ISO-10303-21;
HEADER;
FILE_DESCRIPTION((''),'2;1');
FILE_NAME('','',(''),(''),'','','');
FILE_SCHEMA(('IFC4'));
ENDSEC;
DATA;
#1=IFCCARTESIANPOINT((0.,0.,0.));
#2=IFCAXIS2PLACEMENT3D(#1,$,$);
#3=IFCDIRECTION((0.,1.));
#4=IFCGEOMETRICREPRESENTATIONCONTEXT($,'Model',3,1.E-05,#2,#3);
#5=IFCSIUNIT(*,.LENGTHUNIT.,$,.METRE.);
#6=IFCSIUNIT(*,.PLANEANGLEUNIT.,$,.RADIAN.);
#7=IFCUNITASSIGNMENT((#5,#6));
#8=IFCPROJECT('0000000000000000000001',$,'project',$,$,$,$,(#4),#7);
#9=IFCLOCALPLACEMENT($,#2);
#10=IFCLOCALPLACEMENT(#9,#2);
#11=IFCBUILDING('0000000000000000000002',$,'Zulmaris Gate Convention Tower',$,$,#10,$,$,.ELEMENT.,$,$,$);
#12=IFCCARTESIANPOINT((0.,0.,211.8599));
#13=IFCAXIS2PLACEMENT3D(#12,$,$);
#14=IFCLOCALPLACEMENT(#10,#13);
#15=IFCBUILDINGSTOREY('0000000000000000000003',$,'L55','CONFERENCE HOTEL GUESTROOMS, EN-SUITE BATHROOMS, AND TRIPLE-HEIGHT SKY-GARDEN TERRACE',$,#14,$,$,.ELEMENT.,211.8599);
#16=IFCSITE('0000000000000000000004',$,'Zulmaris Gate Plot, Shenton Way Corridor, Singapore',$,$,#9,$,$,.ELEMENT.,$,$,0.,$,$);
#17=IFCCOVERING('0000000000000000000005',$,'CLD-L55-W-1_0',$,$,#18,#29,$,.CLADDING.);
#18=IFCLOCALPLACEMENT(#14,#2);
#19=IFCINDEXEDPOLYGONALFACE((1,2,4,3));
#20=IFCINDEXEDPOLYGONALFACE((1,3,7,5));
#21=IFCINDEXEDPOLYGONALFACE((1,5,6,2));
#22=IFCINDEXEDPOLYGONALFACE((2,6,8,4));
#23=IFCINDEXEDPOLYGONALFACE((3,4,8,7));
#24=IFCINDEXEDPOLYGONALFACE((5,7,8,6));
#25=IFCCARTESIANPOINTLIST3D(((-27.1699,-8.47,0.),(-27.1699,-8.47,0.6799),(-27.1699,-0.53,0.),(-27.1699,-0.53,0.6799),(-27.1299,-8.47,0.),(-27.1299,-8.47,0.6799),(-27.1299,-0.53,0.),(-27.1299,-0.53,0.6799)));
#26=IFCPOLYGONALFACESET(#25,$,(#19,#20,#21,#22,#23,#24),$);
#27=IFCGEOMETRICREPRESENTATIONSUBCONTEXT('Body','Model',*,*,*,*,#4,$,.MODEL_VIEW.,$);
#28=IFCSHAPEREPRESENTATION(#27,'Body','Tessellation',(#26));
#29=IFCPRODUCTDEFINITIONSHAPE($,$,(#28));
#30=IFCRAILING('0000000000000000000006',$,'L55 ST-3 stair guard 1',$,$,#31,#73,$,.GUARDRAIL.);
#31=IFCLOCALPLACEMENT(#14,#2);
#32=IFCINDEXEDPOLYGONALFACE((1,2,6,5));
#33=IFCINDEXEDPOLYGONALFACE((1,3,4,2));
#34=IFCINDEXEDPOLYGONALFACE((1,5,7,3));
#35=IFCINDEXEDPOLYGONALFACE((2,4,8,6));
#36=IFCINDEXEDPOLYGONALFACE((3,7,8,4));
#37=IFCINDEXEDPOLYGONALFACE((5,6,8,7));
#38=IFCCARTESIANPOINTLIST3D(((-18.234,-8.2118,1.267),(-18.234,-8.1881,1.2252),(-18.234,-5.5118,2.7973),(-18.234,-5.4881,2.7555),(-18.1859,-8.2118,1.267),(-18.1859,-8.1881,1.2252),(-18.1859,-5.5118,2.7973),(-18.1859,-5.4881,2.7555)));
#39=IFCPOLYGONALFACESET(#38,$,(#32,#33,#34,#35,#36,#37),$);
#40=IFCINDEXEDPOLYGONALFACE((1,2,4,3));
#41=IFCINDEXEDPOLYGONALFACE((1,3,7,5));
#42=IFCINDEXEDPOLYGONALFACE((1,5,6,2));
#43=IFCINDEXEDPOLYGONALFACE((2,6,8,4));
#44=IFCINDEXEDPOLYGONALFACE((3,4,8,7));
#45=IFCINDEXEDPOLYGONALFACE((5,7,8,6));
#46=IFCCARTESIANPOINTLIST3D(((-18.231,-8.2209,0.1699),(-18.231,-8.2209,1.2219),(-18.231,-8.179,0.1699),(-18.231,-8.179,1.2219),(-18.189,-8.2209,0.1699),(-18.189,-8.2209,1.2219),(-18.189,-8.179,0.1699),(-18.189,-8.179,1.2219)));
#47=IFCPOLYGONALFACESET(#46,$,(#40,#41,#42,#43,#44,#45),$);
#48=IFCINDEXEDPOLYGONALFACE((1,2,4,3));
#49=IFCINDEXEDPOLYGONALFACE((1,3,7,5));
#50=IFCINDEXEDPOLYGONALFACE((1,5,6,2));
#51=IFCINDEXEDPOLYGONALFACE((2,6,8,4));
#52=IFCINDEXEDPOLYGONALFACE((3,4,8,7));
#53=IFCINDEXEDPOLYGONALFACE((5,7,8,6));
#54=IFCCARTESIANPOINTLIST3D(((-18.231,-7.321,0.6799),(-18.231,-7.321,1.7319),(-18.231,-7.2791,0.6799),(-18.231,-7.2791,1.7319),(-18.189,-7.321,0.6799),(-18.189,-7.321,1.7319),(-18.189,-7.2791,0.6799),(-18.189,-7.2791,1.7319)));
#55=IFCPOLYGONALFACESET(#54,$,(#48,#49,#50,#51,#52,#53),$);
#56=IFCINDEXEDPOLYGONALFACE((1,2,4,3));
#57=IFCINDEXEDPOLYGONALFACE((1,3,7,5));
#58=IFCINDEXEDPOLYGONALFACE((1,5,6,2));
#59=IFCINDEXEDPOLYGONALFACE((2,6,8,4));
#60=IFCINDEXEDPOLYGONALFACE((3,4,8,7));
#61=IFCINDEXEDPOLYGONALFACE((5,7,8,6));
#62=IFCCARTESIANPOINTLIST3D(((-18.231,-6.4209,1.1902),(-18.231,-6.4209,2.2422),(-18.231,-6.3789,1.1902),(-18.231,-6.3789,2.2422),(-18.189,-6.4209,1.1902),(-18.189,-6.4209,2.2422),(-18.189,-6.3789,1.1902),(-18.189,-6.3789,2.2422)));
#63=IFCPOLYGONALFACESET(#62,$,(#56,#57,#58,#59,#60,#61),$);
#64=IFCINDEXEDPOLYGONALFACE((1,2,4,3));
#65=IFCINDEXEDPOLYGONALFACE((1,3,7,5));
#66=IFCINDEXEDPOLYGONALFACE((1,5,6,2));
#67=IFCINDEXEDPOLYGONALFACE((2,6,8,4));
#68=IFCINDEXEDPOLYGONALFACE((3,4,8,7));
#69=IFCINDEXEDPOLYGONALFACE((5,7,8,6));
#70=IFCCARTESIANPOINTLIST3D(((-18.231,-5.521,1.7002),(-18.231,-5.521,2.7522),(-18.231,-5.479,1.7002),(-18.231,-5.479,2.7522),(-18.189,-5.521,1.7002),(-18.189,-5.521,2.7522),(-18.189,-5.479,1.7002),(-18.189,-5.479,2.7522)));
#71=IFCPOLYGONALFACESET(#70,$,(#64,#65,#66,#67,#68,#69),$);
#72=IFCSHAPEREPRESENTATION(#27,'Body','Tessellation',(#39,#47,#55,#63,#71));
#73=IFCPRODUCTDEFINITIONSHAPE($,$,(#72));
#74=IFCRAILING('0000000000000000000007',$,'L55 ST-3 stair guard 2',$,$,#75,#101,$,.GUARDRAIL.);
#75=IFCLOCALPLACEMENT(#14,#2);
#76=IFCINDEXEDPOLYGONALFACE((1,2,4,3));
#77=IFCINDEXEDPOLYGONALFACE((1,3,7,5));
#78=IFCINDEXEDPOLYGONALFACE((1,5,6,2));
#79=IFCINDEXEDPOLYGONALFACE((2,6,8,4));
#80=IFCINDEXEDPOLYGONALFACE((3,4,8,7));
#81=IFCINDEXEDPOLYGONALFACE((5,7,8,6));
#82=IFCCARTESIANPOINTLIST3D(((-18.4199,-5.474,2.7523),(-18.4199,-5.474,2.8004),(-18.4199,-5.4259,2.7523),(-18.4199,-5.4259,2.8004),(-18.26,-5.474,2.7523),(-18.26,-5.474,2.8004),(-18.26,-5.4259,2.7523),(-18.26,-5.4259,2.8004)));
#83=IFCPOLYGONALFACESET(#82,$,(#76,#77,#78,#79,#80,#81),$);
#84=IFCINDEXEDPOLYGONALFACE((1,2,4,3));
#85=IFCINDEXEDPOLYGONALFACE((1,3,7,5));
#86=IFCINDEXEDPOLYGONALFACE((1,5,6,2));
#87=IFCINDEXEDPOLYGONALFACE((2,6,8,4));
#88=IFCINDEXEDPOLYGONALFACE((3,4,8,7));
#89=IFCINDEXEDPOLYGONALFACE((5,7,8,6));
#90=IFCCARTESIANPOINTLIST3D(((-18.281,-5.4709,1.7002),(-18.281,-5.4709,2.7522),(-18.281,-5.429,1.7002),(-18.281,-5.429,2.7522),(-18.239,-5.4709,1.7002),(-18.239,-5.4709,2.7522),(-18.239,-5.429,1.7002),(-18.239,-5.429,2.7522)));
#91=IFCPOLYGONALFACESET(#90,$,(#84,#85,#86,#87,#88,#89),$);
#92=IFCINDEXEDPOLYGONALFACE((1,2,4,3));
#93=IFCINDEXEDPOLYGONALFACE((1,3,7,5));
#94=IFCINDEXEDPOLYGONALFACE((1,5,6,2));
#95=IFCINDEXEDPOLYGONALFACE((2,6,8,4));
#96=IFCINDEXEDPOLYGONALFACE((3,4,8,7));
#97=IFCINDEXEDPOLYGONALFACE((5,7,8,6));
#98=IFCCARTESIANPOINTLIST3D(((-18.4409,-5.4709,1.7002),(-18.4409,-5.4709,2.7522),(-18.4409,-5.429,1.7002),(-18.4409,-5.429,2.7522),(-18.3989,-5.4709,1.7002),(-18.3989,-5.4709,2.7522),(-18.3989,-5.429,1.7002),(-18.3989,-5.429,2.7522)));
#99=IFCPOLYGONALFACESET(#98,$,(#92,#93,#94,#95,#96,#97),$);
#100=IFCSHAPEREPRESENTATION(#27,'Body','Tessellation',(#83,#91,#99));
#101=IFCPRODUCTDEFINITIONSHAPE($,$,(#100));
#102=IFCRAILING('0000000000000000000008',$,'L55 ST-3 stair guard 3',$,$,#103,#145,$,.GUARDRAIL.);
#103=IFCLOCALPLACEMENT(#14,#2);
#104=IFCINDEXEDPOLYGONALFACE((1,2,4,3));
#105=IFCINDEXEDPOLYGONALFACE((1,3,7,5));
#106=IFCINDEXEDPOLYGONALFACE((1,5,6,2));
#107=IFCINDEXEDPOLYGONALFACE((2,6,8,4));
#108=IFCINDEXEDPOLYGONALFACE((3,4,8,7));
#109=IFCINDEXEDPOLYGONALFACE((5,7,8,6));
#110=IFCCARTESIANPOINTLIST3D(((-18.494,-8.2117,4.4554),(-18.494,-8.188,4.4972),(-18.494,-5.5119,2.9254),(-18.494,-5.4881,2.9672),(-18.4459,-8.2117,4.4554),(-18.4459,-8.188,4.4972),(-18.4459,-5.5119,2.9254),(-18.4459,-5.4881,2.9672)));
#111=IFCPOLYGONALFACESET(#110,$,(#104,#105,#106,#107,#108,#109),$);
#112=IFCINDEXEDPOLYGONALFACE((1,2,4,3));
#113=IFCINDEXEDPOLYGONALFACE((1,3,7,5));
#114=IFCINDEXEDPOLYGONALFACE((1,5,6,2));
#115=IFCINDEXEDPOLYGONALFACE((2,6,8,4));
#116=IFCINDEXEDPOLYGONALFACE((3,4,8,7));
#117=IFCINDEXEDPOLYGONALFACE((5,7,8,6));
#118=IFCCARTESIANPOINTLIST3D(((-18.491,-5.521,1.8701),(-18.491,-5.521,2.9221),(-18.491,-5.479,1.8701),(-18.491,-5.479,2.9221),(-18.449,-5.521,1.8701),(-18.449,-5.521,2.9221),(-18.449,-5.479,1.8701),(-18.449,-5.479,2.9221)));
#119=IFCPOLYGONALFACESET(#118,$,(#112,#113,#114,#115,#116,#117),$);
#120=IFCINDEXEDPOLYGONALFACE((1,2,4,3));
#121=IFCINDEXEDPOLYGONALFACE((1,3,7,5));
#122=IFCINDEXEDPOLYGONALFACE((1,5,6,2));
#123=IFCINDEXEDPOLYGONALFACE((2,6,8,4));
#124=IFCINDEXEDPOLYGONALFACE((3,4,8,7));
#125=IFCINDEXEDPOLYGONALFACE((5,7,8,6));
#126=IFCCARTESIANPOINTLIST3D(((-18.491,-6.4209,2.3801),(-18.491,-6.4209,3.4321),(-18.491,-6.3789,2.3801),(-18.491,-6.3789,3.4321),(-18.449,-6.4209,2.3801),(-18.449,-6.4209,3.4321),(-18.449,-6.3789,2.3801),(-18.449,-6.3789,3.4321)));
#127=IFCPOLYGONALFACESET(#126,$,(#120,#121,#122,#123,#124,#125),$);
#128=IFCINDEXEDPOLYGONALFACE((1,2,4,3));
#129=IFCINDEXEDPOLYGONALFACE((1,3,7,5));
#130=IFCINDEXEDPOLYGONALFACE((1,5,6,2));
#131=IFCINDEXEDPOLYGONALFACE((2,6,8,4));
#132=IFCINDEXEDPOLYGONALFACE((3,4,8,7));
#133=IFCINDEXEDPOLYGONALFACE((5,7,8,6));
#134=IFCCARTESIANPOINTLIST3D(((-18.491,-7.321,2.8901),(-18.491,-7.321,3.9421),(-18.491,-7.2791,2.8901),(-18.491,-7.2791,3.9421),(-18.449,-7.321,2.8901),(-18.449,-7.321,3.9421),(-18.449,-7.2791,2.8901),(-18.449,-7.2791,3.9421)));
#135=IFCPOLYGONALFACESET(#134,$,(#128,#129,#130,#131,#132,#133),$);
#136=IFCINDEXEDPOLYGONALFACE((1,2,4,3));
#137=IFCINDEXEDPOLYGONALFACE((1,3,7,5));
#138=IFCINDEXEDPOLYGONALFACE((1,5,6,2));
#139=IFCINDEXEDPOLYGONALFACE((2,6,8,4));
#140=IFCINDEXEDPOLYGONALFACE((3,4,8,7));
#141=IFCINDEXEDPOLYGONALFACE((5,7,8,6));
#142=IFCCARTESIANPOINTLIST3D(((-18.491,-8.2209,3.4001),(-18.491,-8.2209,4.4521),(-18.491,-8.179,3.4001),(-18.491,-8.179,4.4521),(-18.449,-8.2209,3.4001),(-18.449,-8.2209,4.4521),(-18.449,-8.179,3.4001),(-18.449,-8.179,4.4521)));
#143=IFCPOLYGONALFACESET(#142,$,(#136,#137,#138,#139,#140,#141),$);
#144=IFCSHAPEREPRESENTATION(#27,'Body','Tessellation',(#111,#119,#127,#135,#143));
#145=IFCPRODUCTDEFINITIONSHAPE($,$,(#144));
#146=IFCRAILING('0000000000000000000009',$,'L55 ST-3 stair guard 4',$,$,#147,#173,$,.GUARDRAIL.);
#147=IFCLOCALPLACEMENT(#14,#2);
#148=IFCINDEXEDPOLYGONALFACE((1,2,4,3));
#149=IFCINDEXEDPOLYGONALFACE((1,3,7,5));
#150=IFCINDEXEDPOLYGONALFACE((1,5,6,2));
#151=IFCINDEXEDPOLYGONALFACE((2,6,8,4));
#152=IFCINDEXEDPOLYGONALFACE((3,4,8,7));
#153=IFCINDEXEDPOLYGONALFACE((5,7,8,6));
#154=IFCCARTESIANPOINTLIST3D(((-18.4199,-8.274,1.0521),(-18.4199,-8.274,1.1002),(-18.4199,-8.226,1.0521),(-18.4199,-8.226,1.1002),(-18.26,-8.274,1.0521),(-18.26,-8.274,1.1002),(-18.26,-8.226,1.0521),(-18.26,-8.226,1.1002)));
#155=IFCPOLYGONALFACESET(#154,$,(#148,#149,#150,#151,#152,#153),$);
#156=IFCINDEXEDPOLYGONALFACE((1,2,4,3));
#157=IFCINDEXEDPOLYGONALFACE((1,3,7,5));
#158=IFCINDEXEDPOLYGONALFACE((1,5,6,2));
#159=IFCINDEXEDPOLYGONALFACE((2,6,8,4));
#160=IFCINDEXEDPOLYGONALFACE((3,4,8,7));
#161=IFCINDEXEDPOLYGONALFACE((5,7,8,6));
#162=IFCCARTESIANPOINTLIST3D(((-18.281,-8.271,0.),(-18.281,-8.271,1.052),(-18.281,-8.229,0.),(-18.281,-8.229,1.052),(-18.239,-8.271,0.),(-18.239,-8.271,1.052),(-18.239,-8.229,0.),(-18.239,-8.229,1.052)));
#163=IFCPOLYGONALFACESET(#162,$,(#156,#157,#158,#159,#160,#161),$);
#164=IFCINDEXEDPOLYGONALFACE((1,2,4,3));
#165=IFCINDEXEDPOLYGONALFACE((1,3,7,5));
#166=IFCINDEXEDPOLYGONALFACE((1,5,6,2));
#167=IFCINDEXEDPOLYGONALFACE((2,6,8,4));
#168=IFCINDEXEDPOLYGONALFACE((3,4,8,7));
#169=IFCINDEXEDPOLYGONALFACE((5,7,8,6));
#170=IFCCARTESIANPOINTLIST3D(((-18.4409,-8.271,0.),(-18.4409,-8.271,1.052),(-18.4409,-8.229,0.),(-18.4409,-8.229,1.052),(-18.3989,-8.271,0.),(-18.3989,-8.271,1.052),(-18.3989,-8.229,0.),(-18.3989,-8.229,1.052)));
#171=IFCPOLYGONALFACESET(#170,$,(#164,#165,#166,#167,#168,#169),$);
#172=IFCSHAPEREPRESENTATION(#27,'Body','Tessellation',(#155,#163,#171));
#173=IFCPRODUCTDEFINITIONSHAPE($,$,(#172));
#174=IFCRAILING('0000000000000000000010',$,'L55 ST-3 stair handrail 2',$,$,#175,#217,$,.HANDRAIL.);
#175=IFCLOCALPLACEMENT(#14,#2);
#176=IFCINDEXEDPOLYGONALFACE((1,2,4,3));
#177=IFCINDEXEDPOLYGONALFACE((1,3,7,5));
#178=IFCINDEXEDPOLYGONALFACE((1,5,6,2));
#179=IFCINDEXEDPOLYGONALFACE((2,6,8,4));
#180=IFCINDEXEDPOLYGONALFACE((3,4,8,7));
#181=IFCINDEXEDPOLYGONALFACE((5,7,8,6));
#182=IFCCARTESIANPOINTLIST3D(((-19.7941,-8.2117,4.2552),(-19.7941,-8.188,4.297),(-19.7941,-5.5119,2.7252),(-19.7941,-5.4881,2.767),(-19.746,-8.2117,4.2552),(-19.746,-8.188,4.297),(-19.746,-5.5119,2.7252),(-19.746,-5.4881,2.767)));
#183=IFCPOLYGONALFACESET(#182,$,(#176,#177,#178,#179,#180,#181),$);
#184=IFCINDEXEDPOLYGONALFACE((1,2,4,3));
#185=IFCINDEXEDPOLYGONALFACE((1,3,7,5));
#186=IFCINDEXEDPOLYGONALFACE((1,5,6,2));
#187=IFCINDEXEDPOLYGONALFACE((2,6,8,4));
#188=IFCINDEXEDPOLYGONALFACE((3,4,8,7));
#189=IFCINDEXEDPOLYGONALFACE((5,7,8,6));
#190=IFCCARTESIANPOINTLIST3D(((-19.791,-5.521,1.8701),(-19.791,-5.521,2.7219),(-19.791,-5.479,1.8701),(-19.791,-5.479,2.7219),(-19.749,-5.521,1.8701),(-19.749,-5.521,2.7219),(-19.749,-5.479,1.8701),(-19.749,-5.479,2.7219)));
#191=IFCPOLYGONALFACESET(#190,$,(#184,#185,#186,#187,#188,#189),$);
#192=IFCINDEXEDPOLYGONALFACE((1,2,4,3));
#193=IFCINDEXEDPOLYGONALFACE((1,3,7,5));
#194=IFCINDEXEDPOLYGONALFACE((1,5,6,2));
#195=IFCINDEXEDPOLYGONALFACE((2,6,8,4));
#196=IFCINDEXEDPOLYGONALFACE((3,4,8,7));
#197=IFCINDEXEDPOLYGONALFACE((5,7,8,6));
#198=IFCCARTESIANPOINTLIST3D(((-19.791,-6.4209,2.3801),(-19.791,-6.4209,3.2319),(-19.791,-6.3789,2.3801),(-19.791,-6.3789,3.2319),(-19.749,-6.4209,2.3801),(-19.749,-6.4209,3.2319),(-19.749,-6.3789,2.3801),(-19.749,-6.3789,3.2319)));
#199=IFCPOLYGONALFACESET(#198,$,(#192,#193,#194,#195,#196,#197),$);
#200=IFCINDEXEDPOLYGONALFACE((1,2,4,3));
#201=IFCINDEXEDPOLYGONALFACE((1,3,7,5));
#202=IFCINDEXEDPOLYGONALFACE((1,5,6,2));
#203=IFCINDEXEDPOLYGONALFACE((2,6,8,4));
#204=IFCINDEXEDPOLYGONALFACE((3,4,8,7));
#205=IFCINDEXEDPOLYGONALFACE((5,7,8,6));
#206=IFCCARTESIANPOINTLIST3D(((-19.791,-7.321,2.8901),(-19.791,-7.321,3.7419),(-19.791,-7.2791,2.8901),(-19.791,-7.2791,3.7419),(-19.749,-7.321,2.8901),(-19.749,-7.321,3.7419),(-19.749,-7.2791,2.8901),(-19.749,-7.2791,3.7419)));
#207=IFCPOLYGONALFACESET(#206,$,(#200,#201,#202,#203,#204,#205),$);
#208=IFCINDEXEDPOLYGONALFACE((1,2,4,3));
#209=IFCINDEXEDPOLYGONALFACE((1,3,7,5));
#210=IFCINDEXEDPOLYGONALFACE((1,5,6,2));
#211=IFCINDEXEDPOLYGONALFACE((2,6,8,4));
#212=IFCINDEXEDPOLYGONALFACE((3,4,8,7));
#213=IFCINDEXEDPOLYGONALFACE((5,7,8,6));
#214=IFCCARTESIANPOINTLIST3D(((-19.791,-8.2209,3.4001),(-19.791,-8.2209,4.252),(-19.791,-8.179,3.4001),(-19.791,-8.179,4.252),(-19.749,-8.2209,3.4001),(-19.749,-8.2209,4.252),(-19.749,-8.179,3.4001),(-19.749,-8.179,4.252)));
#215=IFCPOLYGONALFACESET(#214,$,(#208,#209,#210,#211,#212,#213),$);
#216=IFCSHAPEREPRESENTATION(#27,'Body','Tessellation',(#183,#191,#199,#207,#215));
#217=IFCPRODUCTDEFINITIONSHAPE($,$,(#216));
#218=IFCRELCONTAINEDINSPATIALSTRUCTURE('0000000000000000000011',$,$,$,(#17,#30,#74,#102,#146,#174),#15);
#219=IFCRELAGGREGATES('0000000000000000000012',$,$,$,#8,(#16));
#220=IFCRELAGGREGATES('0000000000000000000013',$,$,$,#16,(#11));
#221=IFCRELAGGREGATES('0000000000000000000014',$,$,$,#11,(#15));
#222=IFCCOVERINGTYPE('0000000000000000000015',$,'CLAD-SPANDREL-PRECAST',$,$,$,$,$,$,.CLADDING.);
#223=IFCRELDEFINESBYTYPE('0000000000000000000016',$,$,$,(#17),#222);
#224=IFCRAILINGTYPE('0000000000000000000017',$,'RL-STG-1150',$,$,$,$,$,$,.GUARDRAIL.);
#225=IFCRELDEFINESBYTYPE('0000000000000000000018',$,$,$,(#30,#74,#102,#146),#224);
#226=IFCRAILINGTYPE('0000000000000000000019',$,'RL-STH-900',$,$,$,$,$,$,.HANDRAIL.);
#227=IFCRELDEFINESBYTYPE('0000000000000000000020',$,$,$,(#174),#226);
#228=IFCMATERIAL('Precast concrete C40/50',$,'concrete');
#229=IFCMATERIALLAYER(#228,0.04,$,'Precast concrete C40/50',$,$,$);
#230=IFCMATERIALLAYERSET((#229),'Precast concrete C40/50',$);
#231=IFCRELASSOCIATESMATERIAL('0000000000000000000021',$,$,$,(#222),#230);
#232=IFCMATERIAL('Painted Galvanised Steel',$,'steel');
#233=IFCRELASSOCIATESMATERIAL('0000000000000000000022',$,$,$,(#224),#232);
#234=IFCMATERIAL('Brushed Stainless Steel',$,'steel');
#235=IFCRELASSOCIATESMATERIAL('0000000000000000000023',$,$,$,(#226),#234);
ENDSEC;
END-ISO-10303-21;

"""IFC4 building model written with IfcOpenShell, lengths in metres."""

from ifc_helpers import new_model, si_unit, direction, frame, frame_2d, origin, origin_2d, place, context, subcontext, project, spatial, rectangle, extrude, material, layer, layer_set, type_object, element, save


model = new_model("IFC4")

# Units and contexts
model_context = context("Model", 3, precision=1e-05, world=origin(), true_north=direction((0.0, 1.0)))
body_context = subcontext(model_context, "Body", "Model", "MODEL_VIEW")
ifc_project = project(units=[si_unit("LENGTHUNIT", "METRE"), si_unit("PLANEANGLEUNIT", "RADIAN")], contexts=[model_context])

# Site, building, storey
site_placement = place(None, origin())
site = spatial("IfcSite", under=ifc_project, at=site_placement, Name="Zulmaris Gate Plot, Shenton Way Corridor, Singapore", CompositionType="ELEMENT", RefElevation=0.0)
building_placement = place(site_placement, origin())
building = spatial("IfcBuilding", under=site, at=building_placement, Name="Zulmaris Gate Convention Tower", CompositionType="ELEMENT")
storey_placement = place(building_placement, frame((0.0, 0.0, 211.8599)))
storey = spatial("IfcBuildingStorey", under=building, at=storey_placement, Name="L55", Description="CONFERENCE HOTEL GUESTROOMS, EN-SUITE BATHROOMS, AND TRIPLE-HEIGHT SKY-GARDEN TERRACE", CompositionType="ELEMENT", Elevation=211.8599)

# Shared definitions
ifc_material_1 = material(Name="Precast concrete C40/50", Category="concrete")

# Covering
ifc_layer_1 = layer(ifc_material_1, 0.04, Name="Precast concrete C40/50")
ifc_layer_set_1 = layer_set([ifc_layer_1], Name="Precast concrete C40/50")
covering_type = type_object("IfcCoveringType", Name="CLAD-SPANDREL-PRECAST", PredefinedType="CLADDING", material=ifc_layer_set_1)
covering_1_placement = place(storey_placement, frame((-27.1499, -0.53, 0.0), z_axis=(0.0, 0.0, 1.0), x_axis=(0.0, -1.0, 0.0)))
element("IfcCovering", 1, at=covering_1_placement, inside=storey, type_object=covering_type, Name="CLD-L55-W-1_0", PredefinedType="CLADDING", context=body_context, shape_type="SweptSolid", body=[
    extrude(rectangle(XDim=7.9399, YDim=0.04, at=frame_2d((3.97, 0.0))), origin(), (0.0, 0.0, 1.0), 0.6799),
])

# Railings
ifc_material_2 = material(Name="Painted Galvanised Steel", Category="steel")
railing_type_1 = type_object("IfcRailingType", Name="RL-STG-1150", PredefinedType="GUARDRAIL", material=ifc_material_2)
railing_1_placement = place(storey_placement, frame((-18.21, -8.2, 0.1699)))
element("IfcRailing", 2, at=railing_1_placement, inside=storey, type_object=railing_type_1, Name="L55 ST-3 stair guard 1", PredefinedType="GUARDRAIL", context=body_context, shape_type="SweptSolid", body=[
    extrude(rectangle(XDim=0.0481, YDim=0.0481, at=origin_2d()), frame((0.0, 0.0, 1.0762), z_axis=(0.0, 0.869981, 0.493086), x_axis=(-1.0, 0.0, 0.0)), (0.0, 0.0, 1.0), 3.1035),
    extrude(rectangle(XDim=0.042, YDim=0.042, at=origin_2d()), origin(), (0.0, 0.0, 1.0), 1.052),
    extrude(rectangle(XDim=0.042, YDim=0.042, at=origin_2d()), frame((0.0, 0.8999, 0.51)), (0.0, 0.0, 1.0), 1.052),
    extrude(rectangle(XDim=0.042, YDim=0.042, at=origin_2d()), frame((0.0, 1.8, 1.0203)), (0.0, 0.0, 1.0), 1.052),
    extrude(rectangle(XDim=0.042, YDim=0.042, at=origin_2d()), frame((0.0, 2.7, 1.5303)), (0.0, 0.0, 1.0), 1.052),
])
railing_2_placement = place(storey_placement, frame((-18.26, -5.45, 1.7002)))
element("IfcRailing", 3, at=railing_2_placement, inside=storey, type_object=railing_type_1, Name="L55 ST-3 stair guard 2", PredefinedType="GUARDRAIL", context=body_context, shape_type="SweptSolid", body=[
    extrude(rectangle(XDim=0.0481, YDim=0.0481, at=origin_2d()), frame((0.0, 0.0, 1.0762), z_axis=(-1.0, 0.0, 0.0), x_axis=(0.0, -1.0, 0.0)), (0.0, 0.0, 1.0), 0.1599),
    extrude(rectangle(XDim=0.042, YDim=0.042, at=origin_2d()), origin(), (0.0, 0.0, 1.0), 1.052),
    extrude(rectangle(XDim=0.042, YDim=0.042, at=origin_2d()), frame((-0.1599, 0.0, 0.0)), (0.0, 0.0, 1.0), 1.052),
])
railing_3_placement = place(storey_placement, frame((-18.47, -5.5, 1.8701)))
element("IfcRailing", 4, at=railing_3_placement, inside=storey, type_object=railing_type_1, Name="L55 ST-3 stair guard 3", PredefinedType="GUARDRAIL", context=body_context, shape_type="SweptSolid", body=[
    extrude(rectangle(XDim=0.0481, YDim=0.0481, at=origin_2d()), frame((0.0, 0.0, 1.0762), z_axis=(0.0, -0.870014, 0.493026), x_axis=(1.0, 0.0, 0.0)), (0.0, 0.0, 1.0), 3.1033),
    extrude(rectangle(XDim=0.042, YDim=0.042, at=origin_2d()), origin(), (0.0, 0.0, 1.0), 1.052),
    extrude(rectangle(XDim=0.042, YDim=0.042, at=origin_2d()), frame((0.0, -0.8999, 0.51)), (0.0, 0.0, 1.0), 1.052),
    extrude(rectangle(XDim=0.042, YDim=0.042, at=origin_2d()), frame((0.0, -1.8, 1.02)), (0.0, 0.0, 1.0), 1.052),
    extrude(rectangle(XDim=0.042, YDim=0.042, at=origin_2d()), frame((0.0, -2.7, 1.53)), (0.0, 0.0, 1.0), 1.052),
])
railing_4_placement = place(storey_placement, frame((-18.26, -8.25, 0.0)))
element("IfcRailing", 5, at=railing_4_placement, inside=storey, type_object=railing_type_1, Name="L55 ST-3 stair guard 4", PredefinedType="GUARDRAIL", context=body_context, shape_type="SweptSolid", body=[
    extrude(rectangle(XDim=0.0481, YDim=0.0481, at=origin_2d()), frame((0.0, 0.0, 1.0762), z_axis=(-1.0, 0.0, 0.0), x_axis=(0.0, -1.0, 0.0)), (0.0, 0.0, 1.0), 0.1599),
    extrude(rectangle(XDim=0.042, YDim=0.042, at=origin_2d()), origin(), (0.0, 0.0, 1.0), 1.052),
    extrude(rectangle(XDim=0.042, YDim=0.042, at=origin_2d()), frame((-0.1599, 0.0, 0.0)), (0.0, 0.0, 1.0), 1.052),
])
ifc_material_3 = material(Name="Brushed Stainless Steel", Category="steel")
railing_type_2 = type_object("IfcRailingType", Name="RL-STH-900", PredefinedType="HANDRAIL", material=ifc_material_3)
railing_5_placement = place(storey_placement, frame((-19.77, -5.5, 1.8701)))
element("IfcRailing", 6, at=railing_5_placement, inside=storey, type_object=railing_type_2, Name="L55 ST-3 stair handrail 2", PredefinedType="HANDRAIL", context=body_context, shape_type="SweptSolid", body=[
    extrude(rectangle(XDim=0.0481, YDim=0.0481, at=origin_2d()), frame((0.0, 0.0, 0.876), z_axis=(0.0, -0.870014, 0.493026), x_axis=(1.0, 0.0, 0.0)), (0.0, 0.0, 1.0), 3.1033),
    extrude(rectangle(XDim=0.042, YDim=0.042, at=origin_2d()), origin(), (0.0, 0.0, 1.0), 0.8518),
    extrude(rectangle(XDim=0.042, YDim=0.042, at=origin_2d()), frame((0.0, -0.8999, 0.51)), (0.0, 0.0, 1.0), 0.8518),
    extrude(rectangle(XDim=0.042, YDim=0.042, at=origin_2d()), frame((0.0, -1.8, 1.02)), (0.0, 0.0, 1.0), 0.8518),
    extrude(rectangle(XDim=0.042, YDim=0.042, at=origin_2d()), frame((0.0, -2.7, 1.53)), (0.0, 0.0, 1.0), 0.8518),
])

save(model, "model.ifc")
